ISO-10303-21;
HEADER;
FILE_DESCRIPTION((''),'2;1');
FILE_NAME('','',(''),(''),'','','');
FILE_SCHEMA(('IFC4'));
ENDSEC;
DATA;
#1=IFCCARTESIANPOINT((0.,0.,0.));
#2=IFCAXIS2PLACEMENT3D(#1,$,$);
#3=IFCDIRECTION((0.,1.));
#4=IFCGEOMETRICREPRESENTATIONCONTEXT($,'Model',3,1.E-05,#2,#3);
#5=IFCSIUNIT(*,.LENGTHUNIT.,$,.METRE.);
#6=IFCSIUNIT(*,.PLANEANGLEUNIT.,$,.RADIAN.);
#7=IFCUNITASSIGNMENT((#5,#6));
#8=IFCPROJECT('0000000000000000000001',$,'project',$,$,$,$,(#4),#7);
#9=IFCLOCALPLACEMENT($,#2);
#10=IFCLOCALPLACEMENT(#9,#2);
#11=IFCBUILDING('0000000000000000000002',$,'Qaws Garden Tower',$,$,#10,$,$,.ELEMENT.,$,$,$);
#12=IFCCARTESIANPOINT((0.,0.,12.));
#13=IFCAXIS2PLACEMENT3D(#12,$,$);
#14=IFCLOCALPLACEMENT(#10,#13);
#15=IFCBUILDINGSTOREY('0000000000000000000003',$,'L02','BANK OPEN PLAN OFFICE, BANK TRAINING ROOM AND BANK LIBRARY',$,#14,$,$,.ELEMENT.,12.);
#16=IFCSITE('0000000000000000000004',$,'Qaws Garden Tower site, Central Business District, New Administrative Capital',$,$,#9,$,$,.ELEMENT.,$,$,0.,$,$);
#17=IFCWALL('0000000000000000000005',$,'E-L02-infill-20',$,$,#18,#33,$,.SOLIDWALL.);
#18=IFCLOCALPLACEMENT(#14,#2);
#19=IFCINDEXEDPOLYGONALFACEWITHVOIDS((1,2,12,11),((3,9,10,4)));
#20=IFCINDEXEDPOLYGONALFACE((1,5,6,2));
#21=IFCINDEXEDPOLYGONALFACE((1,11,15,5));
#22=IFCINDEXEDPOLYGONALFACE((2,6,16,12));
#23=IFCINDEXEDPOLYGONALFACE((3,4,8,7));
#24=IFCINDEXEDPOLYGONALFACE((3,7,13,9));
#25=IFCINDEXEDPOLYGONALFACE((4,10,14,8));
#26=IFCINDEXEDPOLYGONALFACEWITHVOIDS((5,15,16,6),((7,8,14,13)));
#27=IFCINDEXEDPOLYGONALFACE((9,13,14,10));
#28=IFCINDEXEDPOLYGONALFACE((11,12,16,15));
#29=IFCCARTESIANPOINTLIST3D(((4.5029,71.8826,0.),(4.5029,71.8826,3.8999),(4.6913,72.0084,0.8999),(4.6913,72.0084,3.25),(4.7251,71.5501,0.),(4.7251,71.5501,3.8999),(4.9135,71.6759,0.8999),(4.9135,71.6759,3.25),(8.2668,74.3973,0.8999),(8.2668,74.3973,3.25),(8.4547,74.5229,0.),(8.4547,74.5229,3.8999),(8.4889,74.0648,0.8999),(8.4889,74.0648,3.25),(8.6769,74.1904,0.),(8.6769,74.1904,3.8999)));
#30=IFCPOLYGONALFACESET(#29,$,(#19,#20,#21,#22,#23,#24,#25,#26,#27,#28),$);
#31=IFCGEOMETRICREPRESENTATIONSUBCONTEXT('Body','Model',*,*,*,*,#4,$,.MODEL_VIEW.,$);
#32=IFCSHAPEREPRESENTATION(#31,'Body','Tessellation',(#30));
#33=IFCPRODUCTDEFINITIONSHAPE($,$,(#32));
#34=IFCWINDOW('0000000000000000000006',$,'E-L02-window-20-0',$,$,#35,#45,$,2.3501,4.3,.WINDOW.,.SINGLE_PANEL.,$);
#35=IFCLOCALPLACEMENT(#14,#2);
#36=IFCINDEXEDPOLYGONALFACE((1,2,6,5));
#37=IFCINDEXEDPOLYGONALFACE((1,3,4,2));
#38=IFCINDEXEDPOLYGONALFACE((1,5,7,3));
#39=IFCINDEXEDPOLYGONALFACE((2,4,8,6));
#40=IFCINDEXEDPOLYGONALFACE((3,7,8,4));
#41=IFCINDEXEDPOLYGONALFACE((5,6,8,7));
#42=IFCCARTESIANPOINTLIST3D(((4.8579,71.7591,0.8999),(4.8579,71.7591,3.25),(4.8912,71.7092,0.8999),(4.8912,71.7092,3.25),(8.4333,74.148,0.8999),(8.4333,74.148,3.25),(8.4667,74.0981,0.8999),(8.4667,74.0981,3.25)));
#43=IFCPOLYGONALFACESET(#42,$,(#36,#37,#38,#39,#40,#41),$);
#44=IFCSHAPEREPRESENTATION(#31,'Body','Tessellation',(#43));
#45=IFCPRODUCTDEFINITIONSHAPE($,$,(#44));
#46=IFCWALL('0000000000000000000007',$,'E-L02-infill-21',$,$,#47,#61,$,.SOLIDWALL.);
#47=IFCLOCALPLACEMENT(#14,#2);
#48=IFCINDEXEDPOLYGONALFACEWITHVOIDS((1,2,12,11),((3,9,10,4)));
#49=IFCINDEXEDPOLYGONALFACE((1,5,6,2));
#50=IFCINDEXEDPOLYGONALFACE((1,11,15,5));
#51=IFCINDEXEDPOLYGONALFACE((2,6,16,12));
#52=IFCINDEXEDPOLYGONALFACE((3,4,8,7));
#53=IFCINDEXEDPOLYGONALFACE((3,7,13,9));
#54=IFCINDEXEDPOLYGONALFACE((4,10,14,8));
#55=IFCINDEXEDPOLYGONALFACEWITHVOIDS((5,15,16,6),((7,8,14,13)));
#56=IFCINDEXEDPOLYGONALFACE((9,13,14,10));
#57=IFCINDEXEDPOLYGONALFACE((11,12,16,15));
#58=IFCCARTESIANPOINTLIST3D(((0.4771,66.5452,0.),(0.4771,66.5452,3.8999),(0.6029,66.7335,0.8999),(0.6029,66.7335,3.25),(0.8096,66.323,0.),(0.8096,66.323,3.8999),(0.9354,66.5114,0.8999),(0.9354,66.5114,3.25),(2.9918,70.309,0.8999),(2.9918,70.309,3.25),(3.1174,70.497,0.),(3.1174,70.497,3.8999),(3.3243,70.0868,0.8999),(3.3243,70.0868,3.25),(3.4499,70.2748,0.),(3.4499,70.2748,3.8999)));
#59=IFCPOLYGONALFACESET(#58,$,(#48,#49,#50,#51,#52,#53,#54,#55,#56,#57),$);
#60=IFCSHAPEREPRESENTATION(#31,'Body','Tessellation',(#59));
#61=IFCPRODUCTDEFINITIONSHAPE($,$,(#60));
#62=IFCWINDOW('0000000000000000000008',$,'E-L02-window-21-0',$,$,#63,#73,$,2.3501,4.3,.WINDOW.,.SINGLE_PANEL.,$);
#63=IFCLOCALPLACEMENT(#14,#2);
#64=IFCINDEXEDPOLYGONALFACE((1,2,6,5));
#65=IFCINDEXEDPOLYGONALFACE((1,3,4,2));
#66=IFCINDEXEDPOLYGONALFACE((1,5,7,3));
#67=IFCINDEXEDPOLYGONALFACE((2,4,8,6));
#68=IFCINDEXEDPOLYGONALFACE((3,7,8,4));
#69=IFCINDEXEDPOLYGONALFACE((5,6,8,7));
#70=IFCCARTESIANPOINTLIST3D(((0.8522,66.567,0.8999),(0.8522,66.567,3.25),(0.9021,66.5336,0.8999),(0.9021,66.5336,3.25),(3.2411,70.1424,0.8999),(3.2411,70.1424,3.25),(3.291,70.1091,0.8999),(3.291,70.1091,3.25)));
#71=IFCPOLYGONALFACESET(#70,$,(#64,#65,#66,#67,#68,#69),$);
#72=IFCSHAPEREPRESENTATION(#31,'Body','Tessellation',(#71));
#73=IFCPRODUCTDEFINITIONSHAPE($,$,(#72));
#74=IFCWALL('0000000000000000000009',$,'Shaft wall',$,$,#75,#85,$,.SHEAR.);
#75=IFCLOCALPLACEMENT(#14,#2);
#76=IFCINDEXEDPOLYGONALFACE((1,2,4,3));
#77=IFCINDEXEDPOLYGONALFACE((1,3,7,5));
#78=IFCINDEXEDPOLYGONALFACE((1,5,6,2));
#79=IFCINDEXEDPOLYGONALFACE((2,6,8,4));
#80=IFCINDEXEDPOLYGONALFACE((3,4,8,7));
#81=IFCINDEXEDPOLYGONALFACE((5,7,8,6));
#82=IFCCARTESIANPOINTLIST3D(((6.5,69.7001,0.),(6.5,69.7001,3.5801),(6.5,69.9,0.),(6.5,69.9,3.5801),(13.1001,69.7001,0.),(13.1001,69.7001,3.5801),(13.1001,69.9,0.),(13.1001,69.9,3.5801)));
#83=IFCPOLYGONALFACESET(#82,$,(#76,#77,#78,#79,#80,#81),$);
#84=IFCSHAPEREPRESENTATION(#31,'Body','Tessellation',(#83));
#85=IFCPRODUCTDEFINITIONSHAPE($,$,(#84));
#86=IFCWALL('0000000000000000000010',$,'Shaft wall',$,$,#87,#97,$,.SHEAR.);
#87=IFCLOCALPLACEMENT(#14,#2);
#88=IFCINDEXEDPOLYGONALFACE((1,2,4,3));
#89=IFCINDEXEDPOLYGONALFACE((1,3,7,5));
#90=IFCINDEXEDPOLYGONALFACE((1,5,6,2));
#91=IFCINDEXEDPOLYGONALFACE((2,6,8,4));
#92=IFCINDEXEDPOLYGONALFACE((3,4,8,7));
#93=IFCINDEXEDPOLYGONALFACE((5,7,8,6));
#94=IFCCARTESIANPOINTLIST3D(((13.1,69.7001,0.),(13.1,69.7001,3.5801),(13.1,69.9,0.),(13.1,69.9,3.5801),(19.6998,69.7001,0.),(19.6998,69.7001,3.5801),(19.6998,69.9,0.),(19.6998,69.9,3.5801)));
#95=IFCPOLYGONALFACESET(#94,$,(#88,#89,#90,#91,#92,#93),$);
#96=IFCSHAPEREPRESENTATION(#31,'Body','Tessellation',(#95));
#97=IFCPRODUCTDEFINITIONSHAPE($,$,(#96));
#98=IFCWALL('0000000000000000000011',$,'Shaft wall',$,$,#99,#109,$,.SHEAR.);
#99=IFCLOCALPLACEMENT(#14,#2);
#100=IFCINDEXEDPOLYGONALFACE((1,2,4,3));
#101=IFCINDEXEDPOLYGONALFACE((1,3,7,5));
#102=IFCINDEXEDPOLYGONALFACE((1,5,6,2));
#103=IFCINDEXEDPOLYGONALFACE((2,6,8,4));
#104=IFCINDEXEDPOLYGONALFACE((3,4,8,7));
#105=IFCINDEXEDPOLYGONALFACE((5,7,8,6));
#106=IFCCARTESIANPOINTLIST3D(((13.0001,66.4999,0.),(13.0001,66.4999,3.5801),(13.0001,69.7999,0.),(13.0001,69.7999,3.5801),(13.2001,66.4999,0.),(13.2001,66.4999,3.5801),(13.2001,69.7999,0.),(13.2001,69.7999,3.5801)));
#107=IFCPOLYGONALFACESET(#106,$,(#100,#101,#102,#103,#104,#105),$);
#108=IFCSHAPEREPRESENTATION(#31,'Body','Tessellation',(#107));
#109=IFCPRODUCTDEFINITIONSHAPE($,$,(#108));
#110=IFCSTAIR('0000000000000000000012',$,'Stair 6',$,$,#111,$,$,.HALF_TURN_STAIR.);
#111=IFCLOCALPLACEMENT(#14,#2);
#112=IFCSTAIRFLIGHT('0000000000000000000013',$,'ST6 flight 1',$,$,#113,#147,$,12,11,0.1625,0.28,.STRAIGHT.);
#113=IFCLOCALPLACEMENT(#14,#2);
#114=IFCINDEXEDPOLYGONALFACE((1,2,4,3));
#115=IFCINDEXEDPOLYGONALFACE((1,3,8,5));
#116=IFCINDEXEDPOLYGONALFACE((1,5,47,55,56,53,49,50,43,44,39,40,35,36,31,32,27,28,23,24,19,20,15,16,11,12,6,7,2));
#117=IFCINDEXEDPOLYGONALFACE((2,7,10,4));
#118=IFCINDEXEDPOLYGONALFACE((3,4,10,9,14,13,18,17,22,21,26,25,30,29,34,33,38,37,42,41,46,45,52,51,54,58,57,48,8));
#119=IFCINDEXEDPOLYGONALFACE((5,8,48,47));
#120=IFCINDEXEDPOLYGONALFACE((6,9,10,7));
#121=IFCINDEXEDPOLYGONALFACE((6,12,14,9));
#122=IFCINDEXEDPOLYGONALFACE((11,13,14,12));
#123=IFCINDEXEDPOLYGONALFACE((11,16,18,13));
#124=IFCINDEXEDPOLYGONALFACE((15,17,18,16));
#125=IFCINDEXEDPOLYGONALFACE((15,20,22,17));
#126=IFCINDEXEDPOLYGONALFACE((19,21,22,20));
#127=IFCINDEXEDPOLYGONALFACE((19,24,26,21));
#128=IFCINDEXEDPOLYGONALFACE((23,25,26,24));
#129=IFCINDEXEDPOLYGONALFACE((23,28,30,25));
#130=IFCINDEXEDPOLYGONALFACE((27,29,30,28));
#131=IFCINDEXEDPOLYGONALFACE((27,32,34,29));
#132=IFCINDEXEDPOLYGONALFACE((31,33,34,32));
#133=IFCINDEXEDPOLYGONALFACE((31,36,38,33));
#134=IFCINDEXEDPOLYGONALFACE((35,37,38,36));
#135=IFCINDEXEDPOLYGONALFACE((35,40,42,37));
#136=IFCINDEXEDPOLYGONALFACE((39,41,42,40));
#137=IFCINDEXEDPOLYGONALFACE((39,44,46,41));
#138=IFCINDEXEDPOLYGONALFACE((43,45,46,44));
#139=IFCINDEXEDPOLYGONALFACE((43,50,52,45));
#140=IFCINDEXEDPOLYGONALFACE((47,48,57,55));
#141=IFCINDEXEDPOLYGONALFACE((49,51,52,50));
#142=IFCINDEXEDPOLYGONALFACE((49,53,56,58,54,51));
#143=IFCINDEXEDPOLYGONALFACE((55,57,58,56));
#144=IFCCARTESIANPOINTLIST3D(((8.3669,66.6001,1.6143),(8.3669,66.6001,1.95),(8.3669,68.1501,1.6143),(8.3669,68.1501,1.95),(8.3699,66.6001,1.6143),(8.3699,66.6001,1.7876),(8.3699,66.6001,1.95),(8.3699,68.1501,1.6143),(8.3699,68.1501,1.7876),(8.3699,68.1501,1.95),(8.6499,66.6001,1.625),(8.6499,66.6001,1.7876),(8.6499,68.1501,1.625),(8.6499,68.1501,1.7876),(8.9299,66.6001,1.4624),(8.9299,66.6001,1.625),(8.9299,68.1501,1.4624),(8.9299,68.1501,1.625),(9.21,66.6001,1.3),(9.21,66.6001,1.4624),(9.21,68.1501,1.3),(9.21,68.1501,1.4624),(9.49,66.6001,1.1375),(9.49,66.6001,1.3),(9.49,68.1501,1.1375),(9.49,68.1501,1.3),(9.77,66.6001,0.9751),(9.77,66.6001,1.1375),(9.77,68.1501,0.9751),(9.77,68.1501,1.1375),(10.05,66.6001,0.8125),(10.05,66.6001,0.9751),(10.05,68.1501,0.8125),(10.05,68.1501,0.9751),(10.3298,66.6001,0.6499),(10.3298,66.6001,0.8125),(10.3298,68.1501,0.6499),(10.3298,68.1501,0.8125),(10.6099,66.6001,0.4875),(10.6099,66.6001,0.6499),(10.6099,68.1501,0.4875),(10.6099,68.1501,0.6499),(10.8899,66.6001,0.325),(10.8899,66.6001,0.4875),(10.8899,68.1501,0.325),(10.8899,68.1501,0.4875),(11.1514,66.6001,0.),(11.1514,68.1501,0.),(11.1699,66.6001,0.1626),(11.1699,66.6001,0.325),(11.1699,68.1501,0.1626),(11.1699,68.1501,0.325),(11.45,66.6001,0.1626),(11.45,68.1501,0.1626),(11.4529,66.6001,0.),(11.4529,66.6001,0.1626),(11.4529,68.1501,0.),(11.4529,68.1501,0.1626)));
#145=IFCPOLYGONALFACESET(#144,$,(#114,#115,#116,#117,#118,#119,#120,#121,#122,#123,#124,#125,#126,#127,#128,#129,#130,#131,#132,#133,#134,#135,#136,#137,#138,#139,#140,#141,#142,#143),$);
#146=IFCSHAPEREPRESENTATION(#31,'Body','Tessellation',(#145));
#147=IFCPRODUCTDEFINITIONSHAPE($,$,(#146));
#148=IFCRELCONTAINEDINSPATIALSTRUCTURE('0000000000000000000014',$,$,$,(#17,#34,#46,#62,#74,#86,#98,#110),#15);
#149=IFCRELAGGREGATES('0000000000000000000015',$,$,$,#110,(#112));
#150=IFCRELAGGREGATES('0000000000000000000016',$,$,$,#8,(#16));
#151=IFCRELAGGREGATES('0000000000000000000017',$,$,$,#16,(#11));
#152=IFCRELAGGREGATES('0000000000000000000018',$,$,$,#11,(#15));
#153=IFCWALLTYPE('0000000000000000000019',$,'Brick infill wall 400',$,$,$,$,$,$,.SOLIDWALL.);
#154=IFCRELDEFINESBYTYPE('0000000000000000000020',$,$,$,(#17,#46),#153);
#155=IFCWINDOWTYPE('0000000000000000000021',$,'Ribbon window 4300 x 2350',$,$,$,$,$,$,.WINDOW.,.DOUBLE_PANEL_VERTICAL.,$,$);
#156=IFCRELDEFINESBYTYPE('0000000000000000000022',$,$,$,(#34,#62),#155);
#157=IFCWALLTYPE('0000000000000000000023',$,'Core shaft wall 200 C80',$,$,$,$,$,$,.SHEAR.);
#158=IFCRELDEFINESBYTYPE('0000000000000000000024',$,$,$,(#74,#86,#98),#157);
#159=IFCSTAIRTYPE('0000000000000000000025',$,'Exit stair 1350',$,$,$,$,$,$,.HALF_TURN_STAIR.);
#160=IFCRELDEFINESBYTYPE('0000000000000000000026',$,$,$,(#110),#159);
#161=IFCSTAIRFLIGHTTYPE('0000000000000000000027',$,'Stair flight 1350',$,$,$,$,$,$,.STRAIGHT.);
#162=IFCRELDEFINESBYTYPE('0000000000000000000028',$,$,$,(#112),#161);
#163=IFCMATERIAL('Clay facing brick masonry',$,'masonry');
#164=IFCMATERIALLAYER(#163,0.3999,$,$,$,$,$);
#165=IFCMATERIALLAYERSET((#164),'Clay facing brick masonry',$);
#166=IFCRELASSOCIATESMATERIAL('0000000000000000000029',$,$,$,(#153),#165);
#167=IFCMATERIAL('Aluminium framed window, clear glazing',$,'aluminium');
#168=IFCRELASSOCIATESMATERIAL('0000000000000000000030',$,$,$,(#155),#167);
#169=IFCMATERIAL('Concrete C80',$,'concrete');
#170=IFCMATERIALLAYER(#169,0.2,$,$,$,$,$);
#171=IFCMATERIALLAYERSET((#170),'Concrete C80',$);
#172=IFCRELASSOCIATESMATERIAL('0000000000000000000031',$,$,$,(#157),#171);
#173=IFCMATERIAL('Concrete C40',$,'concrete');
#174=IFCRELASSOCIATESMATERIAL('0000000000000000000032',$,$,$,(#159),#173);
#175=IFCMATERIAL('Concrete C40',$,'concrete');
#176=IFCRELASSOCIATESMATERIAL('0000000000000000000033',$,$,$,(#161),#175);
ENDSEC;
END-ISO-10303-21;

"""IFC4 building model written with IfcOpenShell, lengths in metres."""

from ifc_helpers import new_model, si_unit, direction, frame, frame_2d, origin, place, context, subcontext, project, spatial, polyline, rectangle, outline, extrude, material, layer, layer_set, type_object, element, fill, aggregate, save


model = new_model("IFC4")

# Units and contexts
model_context = context("Model", 3, precision=1e-05, world=origin(), true_north=direction((0.0, 1.0)))
body_context = subcontext(model_context, "Body", "Model", "MODEL_VIEW")
ifc_project = project(units=[si_unit("LENGTHUNIT", "METRE"), si_unit("PLANEANGLEUNIT", "RADIAN")], contexts=[model_context])

# Site, building, storey
site_placement = place(None, origin())
site = spatial("IfcSite", under=ifc_project, at=site_placement, Name="Qaws Garden Tower site, Central Business District, New Administrative Capital", CompositionType="ELEMENT", RefElevation=0.0)
building_placement = place(site_placement, origin())
building = spatial("IfcBuilding", under=site, at=building_placement, Name="Qaws Garden Tower", CompositionType="ELEMENT")
storey_placement = place(building_placement, frame((0.0, 0.0, 12.0)))
storey = spatial("IfcBuildingStorey", under=building, at=storey_placement, Name="L02", Description="BANK OPEN PLAN OFFICE, BANK TRAINING ROOM AND BANK LIBRARY", CompositionType="ELEMENT", Elevation=12.0)

# Walls, openings, windows
ifc_material_1 = material(Name="Clay facing brick masonry", Category="masonry")
ifc_layer_1 = layer(ifc_material_1, 0.3999)
ifc_layer_set_1 = layer_set([ifc_layer_1], Name="Clay facing brick masonry")
wall_type_1 = type_object("IfcWallType", Name="Brick infill wall 400", PredefinedType="SOLIDWALL", material=ifc_layer_set_1)
ifc_material_2 = material(Name="Aluminium framed window, clear glazing", Category="aluminium")
window_type = type_object("IfcWindowType", Name="Ribbon window 4300 x 2350", PartitioningType="DOUBLE_PANEL_VERTICAL", PredefinedType="WINDOW", material=ifc_material_2)
wall_1_placement = place(storey_placement, frame((8.5659, 74.3567, 0.0), z_axis=(0.0, 0.0, 1.0), x_axis=(-0.831489, -0.555542, 0.0)))
wall_1 = element("IfcWall", 1, at=wall_1_placement, inside=storey, type_object=wall_type_1, Name="E-L02-infill-20", PredefinedType="SOLIDWALL", context=body_context, shape_type="SweptSolid", body=[
    extrude(rectangle(XDim=4.7527, YDim=0.3999, at=frame_2d((2.3765, 0.0))), origin(), (0.0, 0.0, 1.0), 3.8999),
])
opening_1_placement = place(wall_1_placement, frame((0.2263, 0.0, 0.8999)))
opening_1 = element("IfcOpeningElement", 2, at=opening_1_placement, cuts=wall_1, PredefinedType="OPENING", context=body_context, shape_type="SweptSolid", body=[
    extrude(rectangle(XDim=4.3, YDim=2.3501, at=frame_2d((2.1499, 1.175))), frame((0.0, 0.21, 0.0), z_axis=(0.0, -1.0, 0.0), x_axis=(1.0, 0.0, 0.0)), (0.0, 0.0, 1.0), 0.4199),
])
window_1_placement = place(opening_1_placement, origin())
window_1 = element("IfcWindow", 3, at=window_1_placement, inside=storey, type_object=window_type, Name="E-L02-window-20-0", OverallHeight=2.3501, OverallWidth=4.3, PartitioningType="SINGLE_PANEL", PredefinedType="WINDOW", context=body_context, shape_type="SweptSolid", body=[
    extrude(rectangle(XDim=4.3, YDim=2.3501, at=frame_2d((2.1499, 1.175))), frame((0.0, 0.1599, 0.0), z_axis=(0.0, -1.0, 0.0), x_axis=(1.0, 0.0, 0.0)), (0.0, 0.0, 1.0), 0.0601),
])
fill(opening_1, window_1)
wall_2_placement = place(storey_placement, frame((3.2837, 70.386, 0.0), z_axis=(0.0, 0.0, 1.0), x_axis=(-0.555542, -0.831489, 0.0)))
wall_2 = element("IfcWall", 4, at=wall_2_placement, inside=storey, type_object=wall_type_1, Name="E-L02-infill-21", PredefinedType="SOLIDWALL", context=body_context, shape_type="SweptSolid", body=[
    extrude(rectangle(XDim=4.7527, YDim=0.3999, at=frame_2d((2.3765, 0.0))), origin(), (0.0, 0.0, 1.0), 3.8999),
])
opening_2_placement = place(wall_2_placement, frame((0.2263, 0.0, 0.8999)))
opening_2 = element("IfcOpeningElement", 5, at=opening_2_placement, cuts=wall_2, PredefinedType="OPENING", context=body_context, shape_type="SweptSolid", body=[
    extrude(rectangle(XDim=4.3, YDim=2.3501, at=frame_2d((2.1499, 1.175))), frame((0.0, 0.21, 0.0), z_axis=(0.0, -1.0, 0.0), x_axis=(1.0, 0.0, 0.0)), (0.0, 0.0, 1.0), 0.4199),
])
window_2_placement = place(opening_2_placement, origin())
window_2 = element("IfcWindow", 6, at=window_2_placement, inside=storey, type_object=window_type, Name="E-L02-window-21-0", OverallHeight=2.3501, OverallWidth=4.3, PartitioningType="SINGLE_PANEL", PredefinedType="WINDOW", context=body_context, shape_type="SweptSolid", body=[
    extrude(rectangle(XDim=4.3, YDim=2.3501, at=frame_2d((2.1499, 1.175))), frame((0.0, 0.1599, 0.0), z_axis=(0.0, -1.0, 0.0), x_axis=(1.0, 0.0, 0.0)), (0.0, 0.0, 1.0), 0.0601),
])
fill(opening_2, window_2)

# Walls
ifc_material_3 = material(Name="Concrete C80", Category="concrete")
ifc_layer_2 = layer(ifc_material_3, 0.2)
ifc_layer_set_2 = layer_set([ifc_layer_2], Name="Concrete C80")
wall_type_2 = type_object("IfcWallType", Name="Core shaft wall 200 C80", PredefinedType="SHEAR", material=ifc_layer_set_2)
wall_3_placement = place(storey_placement, frame((6.5, 69.8, 0.0), z_axis=(0.0, 0.0, 1.0), x_axis=(1.0, 0.0, 0.0)))
element("IfcWall", 7, at=wall_3_placement, inside=storey, type_object=wall_type_2, Name="Shaft wall", PredefinedType="SHEAR", context=body_context, shape_type="SweptSolid", body=[
    extrude(rectangle(XDim=6.6001, YDim=0.2, at=frame_2d((3.3, 0.0))), origin(), (0.0, 0.0, 1.0), 3.5801),
])
wall_4_placement = place(storey_placement, frame((13.1001, 69.8, 0.0), z_axis=(0.0, 0.0, 1.0), x_axis=(1.0, 0.0, 0.0)))
element("IfcWall", 8, at=wall_4_placement, inside=storey, type_object=wall_type_2, Name="Shaft wall", PredefinedType="SHEAR", context=body_context, shape_type="SweptSolid", body=[
    extrude(rectangle(XDim=6.5999, YDim=0.2, at=frame_2d((3.2998, 0.0))), origin(), (0.0, 0.0, 1.0), 3.5801),
])
wall_5_placement = place(storey_placement, frame((13.1001, 66.5, 0.0), z_axis=(0.0, 0.0, 1.0), x_axis=(0.0, 1.0, 0.0)))
element("IfcWall", 9, at=wall_5_placement, inside=storey, type_object=wall_type_2, Name="Shaft wall", PredefinedType="SHEAR", context=body_context, shape_type="SweptSolid", body=[
    extrude(rectangle(XDim=3.3, YDim=0.2, at=frame_2d((1.6499, 0.0))), origin(), (0.0, 0.0, 1.0), 3.5801),
])

# Stair, stair flight
ifc_material_4 = material(Name="Concrete C40", Category="concrete")
stair_type = type_object("IfcStairType", Name="Exit stair 1350", PredefinedType="HALF_TURN_STAIR", material=ifc_material_4)
placement = place(storey_placement, origin())
stair_1 = element("IfcStair", 10, at=placement, inside=storey, type_object=stair_type, Name="Stair 6", PredefinedType="HALF_TURN_STAIR")
ifc_material_5 = material(Name="Concrete C40", Category="concrete")
stair_flight_type = type_object("IfcStairFlightType", Name="Stair flight 1350", PredefinedType="STRAIGHT", material=ifc_material_5)
stair_flight_1_placement = place(storey_placement, frame((11.45, 67.375, 0.0), z_axis=(0.0, 0.0, 1.0), x_axis=(-1.0, 0.0, 0.0)))
stair_flight_1 = element("IfcStairFlight", 11, at=stair_flight_1_placement, type_object=stair_flight_type, Name="ST6 flight 1", NumberOfRisers=12, NumberOfTreads=11, PredefinedType="STRAIGHT", RiserHeight=0.1625, TreadLength=0.28, context=body_context, shape_type="SweptSolid", body=[
    extrude(outline(polyline([(-0.0029, 0.0), (-0.0029, 0.1626), (0.0, 0.1626), (0.28, 0.1626), (0.28, 0.325), (0.5601, 0.325), (0.5601, 0.4875), (0.8401, 0.4875), (0.8401, 0.6499), (1.1201, 0.6499), (1.1201, 0.8125), (1.3999, 0.8125), (1.3999, 0.9751), (1.6799, 0.9751), (1.6799, 1.1375), (1.96, 1.1375), (1.96, 1.3), (2.24, 1.3), (2.24, 1.4624), (2.52, 1.4624), (2.52, 1.625), (2.8, 1.625), (2.8, 1.7876), (3.0801, 1.7876), (3.0801, 1.95), (3.083, 1.95), (3.083, 1.6143), (3.0801, 1.6143), (0.2986, 0.0), (-0.0029, 0.0)])), frame((0.0, 0.7749, 0.0), z_axis=(0.0, -1.0, 0.0), x_axis=(1.0, 0.0, 0.0)), (0.0, 0.0, 1.0), 1.55),
])
aggregate(stair_1, [stair_flight_1])

save(model, "model.ifc")
